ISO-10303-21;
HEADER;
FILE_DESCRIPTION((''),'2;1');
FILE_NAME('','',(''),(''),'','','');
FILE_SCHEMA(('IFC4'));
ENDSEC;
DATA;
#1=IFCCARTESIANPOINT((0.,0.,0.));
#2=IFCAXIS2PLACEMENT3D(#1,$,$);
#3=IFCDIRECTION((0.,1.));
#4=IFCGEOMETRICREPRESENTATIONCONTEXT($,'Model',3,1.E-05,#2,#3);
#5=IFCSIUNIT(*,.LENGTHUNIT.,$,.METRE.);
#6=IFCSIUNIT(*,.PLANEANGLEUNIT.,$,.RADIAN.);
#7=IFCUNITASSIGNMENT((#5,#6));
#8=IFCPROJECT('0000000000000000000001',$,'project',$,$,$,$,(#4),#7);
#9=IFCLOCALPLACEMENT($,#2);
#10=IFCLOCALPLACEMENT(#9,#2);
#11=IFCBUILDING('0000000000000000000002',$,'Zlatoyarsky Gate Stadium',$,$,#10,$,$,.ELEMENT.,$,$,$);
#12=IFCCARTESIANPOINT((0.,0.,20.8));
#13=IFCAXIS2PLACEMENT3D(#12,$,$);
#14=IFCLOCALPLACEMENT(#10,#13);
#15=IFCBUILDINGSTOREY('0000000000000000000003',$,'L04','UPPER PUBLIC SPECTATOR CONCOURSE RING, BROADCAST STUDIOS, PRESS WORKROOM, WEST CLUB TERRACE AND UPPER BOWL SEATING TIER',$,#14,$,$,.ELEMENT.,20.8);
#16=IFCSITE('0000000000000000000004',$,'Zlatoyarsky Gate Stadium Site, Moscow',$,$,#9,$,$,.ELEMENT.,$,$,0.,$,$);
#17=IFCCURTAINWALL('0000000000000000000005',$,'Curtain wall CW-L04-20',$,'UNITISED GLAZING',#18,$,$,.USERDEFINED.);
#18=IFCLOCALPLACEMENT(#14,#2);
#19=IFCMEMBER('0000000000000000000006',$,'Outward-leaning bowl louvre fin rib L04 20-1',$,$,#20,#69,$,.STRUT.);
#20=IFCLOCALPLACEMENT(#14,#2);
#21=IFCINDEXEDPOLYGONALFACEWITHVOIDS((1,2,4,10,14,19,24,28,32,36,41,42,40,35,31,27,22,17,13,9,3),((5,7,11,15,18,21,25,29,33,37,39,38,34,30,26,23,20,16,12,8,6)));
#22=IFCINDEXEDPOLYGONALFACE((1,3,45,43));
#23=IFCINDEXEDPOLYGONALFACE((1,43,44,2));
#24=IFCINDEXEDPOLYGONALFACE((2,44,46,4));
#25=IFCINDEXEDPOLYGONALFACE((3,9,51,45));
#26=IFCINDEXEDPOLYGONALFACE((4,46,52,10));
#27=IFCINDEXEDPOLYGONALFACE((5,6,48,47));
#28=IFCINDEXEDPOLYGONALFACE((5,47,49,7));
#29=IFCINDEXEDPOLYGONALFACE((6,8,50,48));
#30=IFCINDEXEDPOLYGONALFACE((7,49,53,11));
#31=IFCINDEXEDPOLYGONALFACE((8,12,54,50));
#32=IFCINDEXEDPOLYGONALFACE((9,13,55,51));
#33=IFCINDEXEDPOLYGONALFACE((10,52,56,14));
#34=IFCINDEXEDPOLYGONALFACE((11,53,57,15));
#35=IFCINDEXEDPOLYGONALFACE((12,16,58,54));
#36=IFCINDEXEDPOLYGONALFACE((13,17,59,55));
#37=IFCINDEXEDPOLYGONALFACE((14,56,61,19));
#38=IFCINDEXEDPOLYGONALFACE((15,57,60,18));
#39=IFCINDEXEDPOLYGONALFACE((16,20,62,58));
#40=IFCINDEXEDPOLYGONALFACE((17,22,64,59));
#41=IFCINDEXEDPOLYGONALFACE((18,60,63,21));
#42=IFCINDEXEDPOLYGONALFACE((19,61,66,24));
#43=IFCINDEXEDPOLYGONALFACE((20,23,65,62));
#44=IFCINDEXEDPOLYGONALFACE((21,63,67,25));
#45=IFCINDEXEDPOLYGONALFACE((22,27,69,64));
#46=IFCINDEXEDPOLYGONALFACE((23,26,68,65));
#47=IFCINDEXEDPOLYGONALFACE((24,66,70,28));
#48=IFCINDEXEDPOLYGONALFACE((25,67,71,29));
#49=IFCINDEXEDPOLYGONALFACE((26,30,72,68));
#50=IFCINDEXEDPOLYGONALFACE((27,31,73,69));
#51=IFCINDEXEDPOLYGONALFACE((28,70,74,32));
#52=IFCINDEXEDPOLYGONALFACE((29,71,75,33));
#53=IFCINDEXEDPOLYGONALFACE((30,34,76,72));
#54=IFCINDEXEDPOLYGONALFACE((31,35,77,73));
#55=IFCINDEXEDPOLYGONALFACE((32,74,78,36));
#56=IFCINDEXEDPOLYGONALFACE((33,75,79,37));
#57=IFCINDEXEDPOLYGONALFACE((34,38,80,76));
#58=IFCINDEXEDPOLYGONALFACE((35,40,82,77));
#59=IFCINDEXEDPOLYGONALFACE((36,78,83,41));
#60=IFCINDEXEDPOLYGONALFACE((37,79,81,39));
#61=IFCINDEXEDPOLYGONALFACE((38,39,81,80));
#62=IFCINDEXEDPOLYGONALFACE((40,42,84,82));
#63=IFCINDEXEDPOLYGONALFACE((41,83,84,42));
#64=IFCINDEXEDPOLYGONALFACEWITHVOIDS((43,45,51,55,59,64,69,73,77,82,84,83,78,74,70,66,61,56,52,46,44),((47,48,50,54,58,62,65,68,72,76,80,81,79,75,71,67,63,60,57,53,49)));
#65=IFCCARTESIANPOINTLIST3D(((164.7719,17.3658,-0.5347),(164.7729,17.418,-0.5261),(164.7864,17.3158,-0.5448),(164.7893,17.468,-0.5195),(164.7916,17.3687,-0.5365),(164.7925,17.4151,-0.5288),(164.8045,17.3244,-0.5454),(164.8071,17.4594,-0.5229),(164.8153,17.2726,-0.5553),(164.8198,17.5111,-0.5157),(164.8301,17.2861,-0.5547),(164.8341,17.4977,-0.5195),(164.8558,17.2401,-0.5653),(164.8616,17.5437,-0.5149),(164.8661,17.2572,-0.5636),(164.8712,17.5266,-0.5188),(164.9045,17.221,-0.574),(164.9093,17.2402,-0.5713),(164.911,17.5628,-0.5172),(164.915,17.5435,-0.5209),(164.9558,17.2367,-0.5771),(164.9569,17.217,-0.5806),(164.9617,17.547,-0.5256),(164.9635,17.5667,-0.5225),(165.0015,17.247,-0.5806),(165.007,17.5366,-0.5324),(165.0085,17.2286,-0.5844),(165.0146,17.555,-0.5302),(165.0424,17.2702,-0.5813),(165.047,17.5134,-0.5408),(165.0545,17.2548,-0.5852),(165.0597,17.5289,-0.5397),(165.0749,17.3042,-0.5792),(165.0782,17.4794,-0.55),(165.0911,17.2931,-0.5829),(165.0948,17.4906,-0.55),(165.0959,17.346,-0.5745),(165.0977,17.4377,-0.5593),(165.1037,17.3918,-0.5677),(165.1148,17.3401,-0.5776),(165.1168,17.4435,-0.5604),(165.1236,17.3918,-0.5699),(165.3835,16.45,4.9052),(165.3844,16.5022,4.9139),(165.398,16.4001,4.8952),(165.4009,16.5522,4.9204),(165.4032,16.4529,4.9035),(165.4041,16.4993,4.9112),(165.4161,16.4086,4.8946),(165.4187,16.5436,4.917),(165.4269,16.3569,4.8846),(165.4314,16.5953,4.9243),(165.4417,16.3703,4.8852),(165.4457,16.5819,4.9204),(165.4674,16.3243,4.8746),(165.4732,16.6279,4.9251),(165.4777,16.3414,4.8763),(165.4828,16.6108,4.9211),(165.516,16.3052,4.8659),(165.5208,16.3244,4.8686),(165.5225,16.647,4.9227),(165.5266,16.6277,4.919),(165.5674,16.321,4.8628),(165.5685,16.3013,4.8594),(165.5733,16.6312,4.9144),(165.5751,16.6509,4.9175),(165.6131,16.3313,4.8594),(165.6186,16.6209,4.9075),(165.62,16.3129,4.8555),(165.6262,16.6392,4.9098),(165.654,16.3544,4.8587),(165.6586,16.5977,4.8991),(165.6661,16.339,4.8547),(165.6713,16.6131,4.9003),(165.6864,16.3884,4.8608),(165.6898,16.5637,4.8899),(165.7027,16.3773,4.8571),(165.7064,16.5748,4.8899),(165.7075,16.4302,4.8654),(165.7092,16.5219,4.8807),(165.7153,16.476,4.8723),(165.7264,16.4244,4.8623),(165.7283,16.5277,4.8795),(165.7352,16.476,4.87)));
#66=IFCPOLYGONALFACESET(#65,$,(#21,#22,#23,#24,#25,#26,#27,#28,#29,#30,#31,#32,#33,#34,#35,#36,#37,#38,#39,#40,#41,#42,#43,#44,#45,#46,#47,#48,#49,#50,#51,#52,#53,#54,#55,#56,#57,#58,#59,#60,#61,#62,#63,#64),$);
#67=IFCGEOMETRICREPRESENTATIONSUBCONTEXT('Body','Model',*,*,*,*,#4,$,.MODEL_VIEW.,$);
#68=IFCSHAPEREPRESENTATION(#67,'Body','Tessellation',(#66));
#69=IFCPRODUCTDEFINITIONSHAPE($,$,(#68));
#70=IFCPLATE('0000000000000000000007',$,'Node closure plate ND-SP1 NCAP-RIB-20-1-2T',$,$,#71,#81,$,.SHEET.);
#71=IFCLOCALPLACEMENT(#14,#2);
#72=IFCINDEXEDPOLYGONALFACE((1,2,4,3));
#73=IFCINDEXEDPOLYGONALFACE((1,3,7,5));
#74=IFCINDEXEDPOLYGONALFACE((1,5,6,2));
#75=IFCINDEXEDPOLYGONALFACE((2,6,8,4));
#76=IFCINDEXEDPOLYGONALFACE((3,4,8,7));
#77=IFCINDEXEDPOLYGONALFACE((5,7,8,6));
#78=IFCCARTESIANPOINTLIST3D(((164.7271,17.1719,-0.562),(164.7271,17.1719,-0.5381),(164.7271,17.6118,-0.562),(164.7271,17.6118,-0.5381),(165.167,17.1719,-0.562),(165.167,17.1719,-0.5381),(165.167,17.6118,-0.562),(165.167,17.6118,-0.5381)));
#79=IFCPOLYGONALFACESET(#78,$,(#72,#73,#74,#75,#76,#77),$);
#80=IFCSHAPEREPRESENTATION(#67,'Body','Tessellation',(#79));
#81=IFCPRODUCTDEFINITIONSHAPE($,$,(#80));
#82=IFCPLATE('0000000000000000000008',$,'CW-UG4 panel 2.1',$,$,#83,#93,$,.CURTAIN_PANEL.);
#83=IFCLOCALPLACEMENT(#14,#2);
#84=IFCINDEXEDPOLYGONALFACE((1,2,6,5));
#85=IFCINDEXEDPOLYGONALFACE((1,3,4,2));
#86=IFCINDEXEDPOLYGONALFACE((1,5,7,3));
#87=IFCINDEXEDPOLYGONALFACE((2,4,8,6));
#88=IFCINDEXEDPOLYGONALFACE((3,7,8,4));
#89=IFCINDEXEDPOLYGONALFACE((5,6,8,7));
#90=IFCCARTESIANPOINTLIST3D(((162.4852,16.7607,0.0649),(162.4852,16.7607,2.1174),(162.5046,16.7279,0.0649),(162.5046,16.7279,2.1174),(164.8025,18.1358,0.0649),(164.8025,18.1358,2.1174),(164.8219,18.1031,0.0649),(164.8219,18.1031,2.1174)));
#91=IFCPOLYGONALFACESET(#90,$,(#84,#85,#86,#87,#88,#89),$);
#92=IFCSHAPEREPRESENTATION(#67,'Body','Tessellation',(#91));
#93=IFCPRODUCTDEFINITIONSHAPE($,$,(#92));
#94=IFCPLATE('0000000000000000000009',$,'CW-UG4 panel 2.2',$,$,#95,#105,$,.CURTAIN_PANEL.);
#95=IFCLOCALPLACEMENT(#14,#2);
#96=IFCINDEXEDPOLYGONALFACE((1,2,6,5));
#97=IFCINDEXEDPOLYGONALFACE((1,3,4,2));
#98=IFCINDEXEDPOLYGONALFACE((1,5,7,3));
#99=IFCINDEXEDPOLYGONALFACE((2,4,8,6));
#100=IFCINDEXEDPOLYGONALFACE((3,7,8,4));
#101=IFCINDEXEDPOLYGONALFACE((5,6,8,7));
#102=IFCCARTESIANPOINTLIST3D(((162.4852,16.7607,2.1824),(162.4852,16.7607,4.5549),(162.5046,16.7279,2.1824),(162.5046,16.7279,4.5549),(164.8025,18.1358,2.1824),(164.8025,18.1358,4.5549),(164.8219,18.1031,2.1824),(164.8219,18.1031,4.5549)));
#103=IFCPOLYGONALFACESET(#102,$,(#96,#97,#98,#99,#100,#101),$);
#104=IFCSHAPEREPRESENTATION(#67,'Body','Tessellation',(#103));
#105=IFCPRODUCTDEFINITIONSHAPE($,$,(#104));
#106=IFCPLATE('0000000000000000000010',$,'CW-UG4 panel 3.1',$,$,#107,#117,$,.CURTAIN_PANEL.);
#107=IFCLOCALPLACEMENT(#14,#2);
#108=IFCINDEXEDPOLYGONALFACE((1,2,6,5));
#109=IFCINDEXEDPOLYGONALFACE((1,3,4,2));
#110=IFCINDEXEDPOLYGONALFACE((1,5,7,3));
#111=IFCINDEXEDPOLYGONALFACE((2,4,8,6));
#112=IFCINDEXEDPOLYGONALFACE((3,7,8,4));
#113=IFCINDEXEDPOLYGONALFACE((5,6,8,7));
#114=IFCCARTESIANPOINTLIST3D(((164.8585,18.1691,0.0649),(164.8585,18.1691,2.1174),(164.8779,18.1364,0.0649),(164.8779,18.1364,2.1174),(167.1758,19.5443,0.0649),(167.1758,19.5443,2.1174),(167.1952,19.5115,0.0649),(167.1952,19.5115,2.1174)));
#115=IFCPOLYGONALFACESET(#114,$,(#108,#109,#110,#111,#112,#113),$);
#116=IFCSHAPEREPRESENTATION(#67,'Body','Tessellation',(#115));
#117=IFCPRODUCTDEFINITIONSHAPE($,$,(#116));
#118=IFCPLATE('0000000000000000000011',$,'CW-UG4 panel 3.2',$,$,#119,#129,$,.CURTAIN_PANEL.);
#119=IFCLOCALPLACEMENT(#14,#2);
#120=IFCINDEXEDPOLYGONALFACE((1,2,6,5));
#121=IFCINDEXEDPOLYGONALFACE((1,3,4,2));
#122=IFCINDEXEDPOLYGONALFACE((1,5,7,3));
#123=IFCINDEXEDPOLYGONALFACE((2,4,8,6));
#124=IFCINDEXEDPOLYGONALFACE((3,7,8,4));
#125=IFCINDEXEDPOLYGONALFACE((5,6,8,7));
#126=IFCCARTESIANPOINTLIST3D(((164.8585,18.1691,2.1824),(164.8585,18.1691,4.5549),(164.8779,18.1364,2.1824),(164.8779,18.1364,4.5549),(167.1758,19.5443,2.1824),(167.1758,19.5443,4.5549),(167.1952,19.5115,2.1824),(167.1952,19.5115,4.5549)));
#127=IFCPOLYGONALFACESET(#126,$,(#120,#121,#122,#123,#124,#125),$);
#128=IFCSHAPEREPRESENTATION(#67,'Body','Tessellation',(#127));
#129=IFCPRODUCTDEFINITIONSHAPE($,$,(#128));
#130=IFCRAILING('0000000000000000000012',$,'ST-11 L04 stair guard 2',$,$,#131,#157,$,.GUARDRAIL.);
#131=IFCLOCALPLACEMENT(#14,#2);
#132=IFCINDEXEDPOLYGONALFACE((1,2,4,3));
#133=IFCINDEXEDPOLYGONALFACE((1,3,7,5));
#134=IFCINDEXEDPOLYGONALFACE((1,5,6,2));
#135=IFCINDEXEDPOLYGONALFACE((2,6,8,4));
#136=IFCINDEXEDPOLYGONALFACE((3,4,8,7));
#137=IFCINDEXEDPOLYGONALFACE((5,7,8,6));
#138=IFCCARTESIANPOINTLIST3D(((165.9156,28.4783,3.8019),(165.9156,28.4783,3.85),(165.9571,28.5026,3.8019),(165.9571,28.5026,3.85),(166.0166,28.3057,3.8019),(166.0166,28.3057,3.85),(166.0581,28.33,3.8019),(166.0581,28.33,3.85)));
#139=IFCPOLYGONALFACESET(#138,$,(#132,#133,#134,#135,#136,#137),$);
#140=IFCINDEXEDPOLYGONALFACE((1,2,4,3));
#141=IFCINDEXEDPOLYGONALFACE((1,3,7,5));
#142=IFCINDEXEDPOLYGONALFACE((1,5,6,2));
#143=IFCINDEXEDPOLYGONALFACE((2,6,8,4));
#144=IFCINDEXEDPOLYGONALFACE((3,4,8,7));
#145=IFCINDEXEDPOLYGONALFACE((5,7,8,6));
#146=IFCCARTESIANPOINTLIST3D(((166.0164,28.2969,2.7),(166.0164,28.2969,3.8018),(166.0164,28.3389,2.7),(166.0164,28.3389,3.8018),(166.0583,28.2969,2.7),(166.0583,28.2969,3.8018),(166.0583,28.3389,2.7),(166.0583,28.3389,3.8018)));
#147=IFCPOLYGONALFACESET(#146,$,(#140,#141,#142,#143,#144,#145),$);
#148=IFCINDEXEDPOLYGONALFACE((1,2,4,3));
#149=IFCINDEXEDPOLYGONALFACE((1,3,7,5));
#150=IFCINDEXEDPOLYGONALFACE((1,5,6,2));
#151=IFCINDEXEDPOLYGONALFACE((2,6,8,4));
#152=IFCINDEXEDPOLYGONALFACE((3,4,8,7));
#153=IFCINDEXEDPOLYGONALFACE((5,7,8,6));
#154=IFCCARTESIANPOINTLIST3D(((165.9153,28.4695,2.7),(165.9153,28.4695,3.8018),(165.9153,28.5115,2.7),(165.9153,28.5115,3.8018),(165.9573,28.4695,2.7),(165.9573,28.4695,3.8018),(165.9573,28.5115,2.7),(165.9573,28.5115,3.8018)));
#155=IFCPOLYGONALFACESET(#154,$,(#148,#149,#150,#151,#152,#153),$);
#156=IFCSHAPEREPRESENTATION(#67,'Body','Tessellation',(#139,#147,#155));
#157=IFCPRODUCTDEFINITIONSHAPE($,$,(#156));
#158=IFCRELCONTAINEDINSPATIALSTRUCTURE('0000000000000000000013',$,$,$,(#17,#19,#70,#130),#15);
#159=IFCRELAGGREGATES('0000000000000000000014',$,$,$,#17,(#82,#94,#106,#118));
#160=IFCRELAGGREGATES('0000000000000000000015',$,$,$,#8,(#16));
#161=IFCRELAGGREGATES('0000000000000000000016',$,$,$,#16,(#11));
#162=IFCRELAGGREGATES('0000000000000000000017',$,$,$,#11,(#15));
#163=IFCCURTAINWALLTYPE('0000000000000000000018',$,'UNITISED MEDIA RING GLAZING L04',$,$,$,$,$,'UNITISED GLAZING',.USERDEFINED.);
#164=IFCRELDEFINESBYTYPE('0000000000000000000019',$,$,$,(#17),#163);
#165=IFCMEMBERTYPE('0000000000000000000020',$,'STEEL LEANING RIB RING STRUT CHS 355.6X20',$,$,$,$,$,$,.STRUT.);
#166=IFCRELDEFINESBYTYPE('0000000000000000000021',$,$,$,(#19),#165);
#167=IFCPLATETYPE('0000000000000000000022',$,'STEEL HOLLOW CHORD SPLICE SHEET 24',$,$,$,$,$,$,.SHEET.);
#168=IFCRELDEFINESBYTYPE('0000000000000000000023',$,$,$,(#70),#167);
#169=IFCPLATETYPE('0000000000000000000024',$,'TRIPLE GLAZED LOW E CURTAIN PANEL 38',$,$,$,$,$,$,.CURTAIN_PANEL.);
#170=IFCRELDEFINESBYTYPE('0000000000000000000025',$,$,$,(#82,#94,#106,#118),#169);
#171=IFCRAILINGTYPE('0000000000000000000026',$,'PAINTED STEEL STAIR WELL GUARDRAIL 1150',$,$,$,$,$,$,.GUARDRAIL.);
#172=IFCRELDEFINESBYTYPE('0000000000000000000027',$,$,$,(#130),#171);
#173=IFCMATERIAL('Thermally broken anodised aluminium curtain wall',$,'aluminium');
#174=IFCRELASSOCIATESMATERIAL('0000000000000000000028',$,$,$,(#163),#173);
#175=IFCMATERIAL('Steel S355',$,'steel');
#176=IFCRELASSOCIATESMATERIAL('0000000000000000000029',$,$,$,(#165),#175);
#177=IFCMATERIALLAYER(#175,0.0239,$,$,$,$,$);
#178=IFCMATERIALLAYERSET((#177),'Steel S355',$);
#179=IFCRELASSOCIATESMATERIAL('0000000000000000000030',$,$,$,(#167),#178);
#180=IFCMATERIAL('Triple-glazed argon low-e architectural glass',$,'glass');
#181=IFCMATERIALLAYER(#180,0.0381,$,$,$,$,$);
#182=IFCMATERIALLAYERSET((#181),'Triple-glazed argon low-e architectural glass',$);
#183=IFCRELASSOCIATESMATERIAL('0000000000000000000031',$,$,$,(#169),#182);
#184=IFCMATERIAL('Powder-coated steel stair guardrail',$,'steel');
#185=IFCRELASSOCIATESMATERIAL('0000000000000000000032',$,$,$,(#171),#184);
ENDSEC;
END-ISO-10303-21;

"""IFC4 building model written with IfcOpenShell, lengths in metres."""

from ifc_helpers import new_model, si_unit, direction, frame, origin, origin_2d, place, context, subcontext, project, spatial, rectangle, hollow_circle, extrude, material, layer, layer_set, material_profile, profile_set, type_object, element, aggregate, save


model = new_model("IFC4")

# Units and contexts
model_context = context("Model", 3, precision=1e-05, world=origin(), true_north=direction((0.0, 1.0)))
body_context = subcontext(model_context, "Body", "Model", "MODEL_VIEW")
ifc_project = project(units=[si_unit("LENGTHUNIT", "METRE"), si_unit("PLANEANGLEUNIT", "RADIAN")], contexts=[model_context])

# Site, building, storey
site_placement = place(None, origin())
site = spatial("IfcSite", under=ifc_project, at=site_placement, Name="Zlatoyarsky Gate Stadium Site, Moscow", CompositionType="ELEMENT", RefElevation=0.0)
building_placement = place(site_placement, origin())
building = spatial("IfcBuilding", under=site, at=building_placement, Name="Zlatoyarsky Gate Stadium", CompositionType="ELEMENT")
storey_placement = place(building_placement, frame((0.0, 0.0, 20.8)))
storey = spatial("IfcBuildingStorey", under=building, at=storey_placement, Name="L04", Description="UPPER PUBLIC SPECTATOR CONCOURSE RING, BROADCAST STUDIOS, PRESS WORKROOM, WEST CLUB TERRACE AND UPPER BOWL SEATING TIER", CompositionType="ELEMENT", Elevation=20.8)

# Curtain wall
ifc_material_1 = material(Name="Thermally broken anodised aluminium curtain wall", Category="aluminium")
curtain_wall_type = type_object("IfcCurtainWallType", Name="UNITISED MEDIA RING GLAZING L04", ElementType="UNITISED GLAZING", PredefinedType="USERDEFINED", material=ifc_material_1)
curtain_wall_placement = place(storey_placement, origin())
curtain_wall = element("IfcCurtainWall", 1, at=curtain_wall_placement, inside=storey, type_object=curtain_wall_type, Name="Curtain wall CW-L04-20", ObjectType="UNITISED GLAZING", PredefinedType="USERDEFINED")

# Member
ifc_material_2 = material(Name="Steel S355", Category="steel")
ifc_material_profile_1 = material_profile(ifc_material_2, hollow_circle(Radius=0.1777, WallThickness=0.02, at=origin_2d()), Name="CHS 355.6X20")
ifc_profile_set_1 = profile_set([ifc_material_profile_1], Name="Steel S355")
member_type_1 = type_object("IfcMemberType", Name="STEEL LEANING RIB RING STRUT CHS 355.6X20", PredefinedType="STRUT", material=ifc_profile_set_1)
member_1_placement = place(storey_placement, frame((164.947, 17.3918, -0.55), z_axis=(0.110188, -0.164996, 0.98012), x_axis=(0.831607, 0.555365, 0.0)))
element("IfcMember", 2, at=member_1_placement, inside=storey, type_object=member_type_1, Name="Outward-leaning bowl louvre fin rib L04 20-1", PredefinedType="STRUT", context=body_context, shape_type="SweptSolid", body=[
    extrude(hollow_circle(Radius=0.1777, WallThickness=0.02, at=origin_2d()), origin(), (0.0, 0.0, 1.0), 5.5503),
])

# Plates
ifc_layer_1 = layer(ifc_material_2, 0.0239)
ifc_layer_set_1 = layer_set([ifc_layer_1], Name="Steel S355")
plate_type_1 = type_object("IfcPlateType", Name="STEEL HOLLOW CHORD SPLICE SHEET 24", PredefinedType="SHEET", material=ifc_layer_set_1)
plate_1_placement = place(storey_placement, frame((164.947, 17.3918, -0.562), z_axis=(0.0, 0.0, 1.0), x_axis=(1.0, 0.0, 0.0)))
element("IfcPlate", 3, at=plate_1_placement, inside=storey, type_object=plate_type_1, Name="Node closure plate ND-SP1 NCAP-RIB-20-1-2T", PredefinedType="SHEET", context=body_context, shape_type="SweptSolid", body=[
    extrude(rectangle(XDim=0.4399, YDim=0.4399, at=origin_2d()), origin(), (0.0, 0.0, 1.0), 0.0239),
])
ifc_material_3 = material(Name="Triple-glazed argon low-e architectural glass", Category="glass")
ifc_layer_2 = layer(ifc_material_3, 0.0381)
ifc_layer_set_2 = layer_set([ifc_layer_2], Name="Triple-glazed argon low-e architectural glass")
plate_type_2 = type_object("IfcPlateType", Name="TRIPLE GLAZED LOW E CURTAIN PANEL 38", PredefinedType="CURTAIN_PANEL", material=ifc_layer_set_2)
plate_2_placement = place(storey_placement, frame((163.6536, 17.4319, 0.0649), z_axis=(0.0, 0.0, 1.0), x_axis=(0.859978, 0.51033, 0.0)))
plate_2 = element("IfcPlate", 4, at=plate_2_placement, type_object=plate_type_2, Name="CW-UG4 panel 2.1", PredefinedType="CURTAIN_PANEL", context=body_context, shape_type="SweptSolid", body=[
    extrude(rectangle(XDim=2.6946, YDim=0.0381, at=origin_2d()), origin(), (0.0, 0.0, 1.0), 2.0525),
])
plate_3_placement = place(storey_placement, frame((163.6536, 17.4319, 2.1824), z_axis=(0.0, 0.0, 1.0), x_axis=(0.859978, 0.51033, 0.0)))
plate_3 = element("IfcPlate", 5, at=plate_3_placement, type_object=plate_type_2, Name="CW-UG4 panel 2.2", PredefinedType="CURTAIN_PANEL", context=body_context, shape_type="SweptSolid", body=[
    extrude(rectangle(XDim=2.6946, YDim=0.0381, at=origin_2d()), origin(), (0.0, 0.0, 1.0), 2.3726),
])
plate_4_placement = place(storey_placement, frame((166.0269, 18.8403, 0.0649), z_axis=(0.0, 0.0, 1.0), x_axis=(0.859978, 0.51033, 0.0)))
plate_4 = element("IfcPlate", 6, at=plate_4_placement, type_object=plate_type_2, Name="CW-UG4 panel 3.1", PredefinedType="CURTAIN_PANEL", context=body_context, shape_type="SweptSolid", body=[
    extrude(rectangle(XDim=2.6946, YDim=0.0381, at=origin_2d()), origin(), (0.0, 0.0, 1.0), 2.0525),
])
plate_5_placement = place(storey_placement, frame((166.0269, 18.8403, 2.1824), z_axis=(0.0, 0.0, 1.0), x_axis=(0.859978, 0.51033, 0.0)))
plate_5 = element("IfcPlate", 7, at=plate_5_placement, type_object=plate_type_2, Name="CW-UG4 panel 3.2", PredefinedType="CURTAIN_PANEL", context=body_context, shape_type="SweptSolid", body=[
    extrude(rectangle(XDim=2.6946, YDim=0.0381, at=origin_2d()), origin(), (0.0, 0.0, 1.0), 2.3726),
])
aggregate(curtain_wall, [plate_2, plate_3, plate_4, plate_5])

# Railing
ifc_material_4 = material(Name="Powder-coated steel stair guardrail", Category="steel")
railing_type_1 = type_object("IfcRailingType", Name="PAINTED STEEL STAIR WELL GUARDRAIL 1150", PredefinedType="GUARDRAIL", material=ifc_material_4)
railing_1_placement = place(storey_placement, frame((166.0374, 28.3179, 2.7)))
element("IfcRailing", 8, at=railing_1_placement, inside=storey, type_object=railing_type_1, Name="ST-11 L04 stair guard 2", PredefinedType="GUARDRAIL", context=body_context, shape_type="SweptSolid", body=[
    extrude(rectangle(XDim=0.0481, YDim=0.0481, at=origin_2d()), frame((0.0, 0.0, 1.126), z_axis=(-0.505312, 0.862937, 0.0), x_axis=(-0.862937, -0.505312, 0.0)), (0.0, 0.0, 1.0), 0.2),
    extrude(rectangle(XDim=0.042, YDim=0.042, at=origin_2d()), origin(), (0.0, 0.0, 1.0), 1.1018),
    extrude(rectangle(XDim=0.042, YDim=0.042, at=origin_2d()), frame((-0.1011, 0.1726, 0.0)), (0.0, 0.0, 1.0), 1.1018),
])

save(model, "model.ifc")
